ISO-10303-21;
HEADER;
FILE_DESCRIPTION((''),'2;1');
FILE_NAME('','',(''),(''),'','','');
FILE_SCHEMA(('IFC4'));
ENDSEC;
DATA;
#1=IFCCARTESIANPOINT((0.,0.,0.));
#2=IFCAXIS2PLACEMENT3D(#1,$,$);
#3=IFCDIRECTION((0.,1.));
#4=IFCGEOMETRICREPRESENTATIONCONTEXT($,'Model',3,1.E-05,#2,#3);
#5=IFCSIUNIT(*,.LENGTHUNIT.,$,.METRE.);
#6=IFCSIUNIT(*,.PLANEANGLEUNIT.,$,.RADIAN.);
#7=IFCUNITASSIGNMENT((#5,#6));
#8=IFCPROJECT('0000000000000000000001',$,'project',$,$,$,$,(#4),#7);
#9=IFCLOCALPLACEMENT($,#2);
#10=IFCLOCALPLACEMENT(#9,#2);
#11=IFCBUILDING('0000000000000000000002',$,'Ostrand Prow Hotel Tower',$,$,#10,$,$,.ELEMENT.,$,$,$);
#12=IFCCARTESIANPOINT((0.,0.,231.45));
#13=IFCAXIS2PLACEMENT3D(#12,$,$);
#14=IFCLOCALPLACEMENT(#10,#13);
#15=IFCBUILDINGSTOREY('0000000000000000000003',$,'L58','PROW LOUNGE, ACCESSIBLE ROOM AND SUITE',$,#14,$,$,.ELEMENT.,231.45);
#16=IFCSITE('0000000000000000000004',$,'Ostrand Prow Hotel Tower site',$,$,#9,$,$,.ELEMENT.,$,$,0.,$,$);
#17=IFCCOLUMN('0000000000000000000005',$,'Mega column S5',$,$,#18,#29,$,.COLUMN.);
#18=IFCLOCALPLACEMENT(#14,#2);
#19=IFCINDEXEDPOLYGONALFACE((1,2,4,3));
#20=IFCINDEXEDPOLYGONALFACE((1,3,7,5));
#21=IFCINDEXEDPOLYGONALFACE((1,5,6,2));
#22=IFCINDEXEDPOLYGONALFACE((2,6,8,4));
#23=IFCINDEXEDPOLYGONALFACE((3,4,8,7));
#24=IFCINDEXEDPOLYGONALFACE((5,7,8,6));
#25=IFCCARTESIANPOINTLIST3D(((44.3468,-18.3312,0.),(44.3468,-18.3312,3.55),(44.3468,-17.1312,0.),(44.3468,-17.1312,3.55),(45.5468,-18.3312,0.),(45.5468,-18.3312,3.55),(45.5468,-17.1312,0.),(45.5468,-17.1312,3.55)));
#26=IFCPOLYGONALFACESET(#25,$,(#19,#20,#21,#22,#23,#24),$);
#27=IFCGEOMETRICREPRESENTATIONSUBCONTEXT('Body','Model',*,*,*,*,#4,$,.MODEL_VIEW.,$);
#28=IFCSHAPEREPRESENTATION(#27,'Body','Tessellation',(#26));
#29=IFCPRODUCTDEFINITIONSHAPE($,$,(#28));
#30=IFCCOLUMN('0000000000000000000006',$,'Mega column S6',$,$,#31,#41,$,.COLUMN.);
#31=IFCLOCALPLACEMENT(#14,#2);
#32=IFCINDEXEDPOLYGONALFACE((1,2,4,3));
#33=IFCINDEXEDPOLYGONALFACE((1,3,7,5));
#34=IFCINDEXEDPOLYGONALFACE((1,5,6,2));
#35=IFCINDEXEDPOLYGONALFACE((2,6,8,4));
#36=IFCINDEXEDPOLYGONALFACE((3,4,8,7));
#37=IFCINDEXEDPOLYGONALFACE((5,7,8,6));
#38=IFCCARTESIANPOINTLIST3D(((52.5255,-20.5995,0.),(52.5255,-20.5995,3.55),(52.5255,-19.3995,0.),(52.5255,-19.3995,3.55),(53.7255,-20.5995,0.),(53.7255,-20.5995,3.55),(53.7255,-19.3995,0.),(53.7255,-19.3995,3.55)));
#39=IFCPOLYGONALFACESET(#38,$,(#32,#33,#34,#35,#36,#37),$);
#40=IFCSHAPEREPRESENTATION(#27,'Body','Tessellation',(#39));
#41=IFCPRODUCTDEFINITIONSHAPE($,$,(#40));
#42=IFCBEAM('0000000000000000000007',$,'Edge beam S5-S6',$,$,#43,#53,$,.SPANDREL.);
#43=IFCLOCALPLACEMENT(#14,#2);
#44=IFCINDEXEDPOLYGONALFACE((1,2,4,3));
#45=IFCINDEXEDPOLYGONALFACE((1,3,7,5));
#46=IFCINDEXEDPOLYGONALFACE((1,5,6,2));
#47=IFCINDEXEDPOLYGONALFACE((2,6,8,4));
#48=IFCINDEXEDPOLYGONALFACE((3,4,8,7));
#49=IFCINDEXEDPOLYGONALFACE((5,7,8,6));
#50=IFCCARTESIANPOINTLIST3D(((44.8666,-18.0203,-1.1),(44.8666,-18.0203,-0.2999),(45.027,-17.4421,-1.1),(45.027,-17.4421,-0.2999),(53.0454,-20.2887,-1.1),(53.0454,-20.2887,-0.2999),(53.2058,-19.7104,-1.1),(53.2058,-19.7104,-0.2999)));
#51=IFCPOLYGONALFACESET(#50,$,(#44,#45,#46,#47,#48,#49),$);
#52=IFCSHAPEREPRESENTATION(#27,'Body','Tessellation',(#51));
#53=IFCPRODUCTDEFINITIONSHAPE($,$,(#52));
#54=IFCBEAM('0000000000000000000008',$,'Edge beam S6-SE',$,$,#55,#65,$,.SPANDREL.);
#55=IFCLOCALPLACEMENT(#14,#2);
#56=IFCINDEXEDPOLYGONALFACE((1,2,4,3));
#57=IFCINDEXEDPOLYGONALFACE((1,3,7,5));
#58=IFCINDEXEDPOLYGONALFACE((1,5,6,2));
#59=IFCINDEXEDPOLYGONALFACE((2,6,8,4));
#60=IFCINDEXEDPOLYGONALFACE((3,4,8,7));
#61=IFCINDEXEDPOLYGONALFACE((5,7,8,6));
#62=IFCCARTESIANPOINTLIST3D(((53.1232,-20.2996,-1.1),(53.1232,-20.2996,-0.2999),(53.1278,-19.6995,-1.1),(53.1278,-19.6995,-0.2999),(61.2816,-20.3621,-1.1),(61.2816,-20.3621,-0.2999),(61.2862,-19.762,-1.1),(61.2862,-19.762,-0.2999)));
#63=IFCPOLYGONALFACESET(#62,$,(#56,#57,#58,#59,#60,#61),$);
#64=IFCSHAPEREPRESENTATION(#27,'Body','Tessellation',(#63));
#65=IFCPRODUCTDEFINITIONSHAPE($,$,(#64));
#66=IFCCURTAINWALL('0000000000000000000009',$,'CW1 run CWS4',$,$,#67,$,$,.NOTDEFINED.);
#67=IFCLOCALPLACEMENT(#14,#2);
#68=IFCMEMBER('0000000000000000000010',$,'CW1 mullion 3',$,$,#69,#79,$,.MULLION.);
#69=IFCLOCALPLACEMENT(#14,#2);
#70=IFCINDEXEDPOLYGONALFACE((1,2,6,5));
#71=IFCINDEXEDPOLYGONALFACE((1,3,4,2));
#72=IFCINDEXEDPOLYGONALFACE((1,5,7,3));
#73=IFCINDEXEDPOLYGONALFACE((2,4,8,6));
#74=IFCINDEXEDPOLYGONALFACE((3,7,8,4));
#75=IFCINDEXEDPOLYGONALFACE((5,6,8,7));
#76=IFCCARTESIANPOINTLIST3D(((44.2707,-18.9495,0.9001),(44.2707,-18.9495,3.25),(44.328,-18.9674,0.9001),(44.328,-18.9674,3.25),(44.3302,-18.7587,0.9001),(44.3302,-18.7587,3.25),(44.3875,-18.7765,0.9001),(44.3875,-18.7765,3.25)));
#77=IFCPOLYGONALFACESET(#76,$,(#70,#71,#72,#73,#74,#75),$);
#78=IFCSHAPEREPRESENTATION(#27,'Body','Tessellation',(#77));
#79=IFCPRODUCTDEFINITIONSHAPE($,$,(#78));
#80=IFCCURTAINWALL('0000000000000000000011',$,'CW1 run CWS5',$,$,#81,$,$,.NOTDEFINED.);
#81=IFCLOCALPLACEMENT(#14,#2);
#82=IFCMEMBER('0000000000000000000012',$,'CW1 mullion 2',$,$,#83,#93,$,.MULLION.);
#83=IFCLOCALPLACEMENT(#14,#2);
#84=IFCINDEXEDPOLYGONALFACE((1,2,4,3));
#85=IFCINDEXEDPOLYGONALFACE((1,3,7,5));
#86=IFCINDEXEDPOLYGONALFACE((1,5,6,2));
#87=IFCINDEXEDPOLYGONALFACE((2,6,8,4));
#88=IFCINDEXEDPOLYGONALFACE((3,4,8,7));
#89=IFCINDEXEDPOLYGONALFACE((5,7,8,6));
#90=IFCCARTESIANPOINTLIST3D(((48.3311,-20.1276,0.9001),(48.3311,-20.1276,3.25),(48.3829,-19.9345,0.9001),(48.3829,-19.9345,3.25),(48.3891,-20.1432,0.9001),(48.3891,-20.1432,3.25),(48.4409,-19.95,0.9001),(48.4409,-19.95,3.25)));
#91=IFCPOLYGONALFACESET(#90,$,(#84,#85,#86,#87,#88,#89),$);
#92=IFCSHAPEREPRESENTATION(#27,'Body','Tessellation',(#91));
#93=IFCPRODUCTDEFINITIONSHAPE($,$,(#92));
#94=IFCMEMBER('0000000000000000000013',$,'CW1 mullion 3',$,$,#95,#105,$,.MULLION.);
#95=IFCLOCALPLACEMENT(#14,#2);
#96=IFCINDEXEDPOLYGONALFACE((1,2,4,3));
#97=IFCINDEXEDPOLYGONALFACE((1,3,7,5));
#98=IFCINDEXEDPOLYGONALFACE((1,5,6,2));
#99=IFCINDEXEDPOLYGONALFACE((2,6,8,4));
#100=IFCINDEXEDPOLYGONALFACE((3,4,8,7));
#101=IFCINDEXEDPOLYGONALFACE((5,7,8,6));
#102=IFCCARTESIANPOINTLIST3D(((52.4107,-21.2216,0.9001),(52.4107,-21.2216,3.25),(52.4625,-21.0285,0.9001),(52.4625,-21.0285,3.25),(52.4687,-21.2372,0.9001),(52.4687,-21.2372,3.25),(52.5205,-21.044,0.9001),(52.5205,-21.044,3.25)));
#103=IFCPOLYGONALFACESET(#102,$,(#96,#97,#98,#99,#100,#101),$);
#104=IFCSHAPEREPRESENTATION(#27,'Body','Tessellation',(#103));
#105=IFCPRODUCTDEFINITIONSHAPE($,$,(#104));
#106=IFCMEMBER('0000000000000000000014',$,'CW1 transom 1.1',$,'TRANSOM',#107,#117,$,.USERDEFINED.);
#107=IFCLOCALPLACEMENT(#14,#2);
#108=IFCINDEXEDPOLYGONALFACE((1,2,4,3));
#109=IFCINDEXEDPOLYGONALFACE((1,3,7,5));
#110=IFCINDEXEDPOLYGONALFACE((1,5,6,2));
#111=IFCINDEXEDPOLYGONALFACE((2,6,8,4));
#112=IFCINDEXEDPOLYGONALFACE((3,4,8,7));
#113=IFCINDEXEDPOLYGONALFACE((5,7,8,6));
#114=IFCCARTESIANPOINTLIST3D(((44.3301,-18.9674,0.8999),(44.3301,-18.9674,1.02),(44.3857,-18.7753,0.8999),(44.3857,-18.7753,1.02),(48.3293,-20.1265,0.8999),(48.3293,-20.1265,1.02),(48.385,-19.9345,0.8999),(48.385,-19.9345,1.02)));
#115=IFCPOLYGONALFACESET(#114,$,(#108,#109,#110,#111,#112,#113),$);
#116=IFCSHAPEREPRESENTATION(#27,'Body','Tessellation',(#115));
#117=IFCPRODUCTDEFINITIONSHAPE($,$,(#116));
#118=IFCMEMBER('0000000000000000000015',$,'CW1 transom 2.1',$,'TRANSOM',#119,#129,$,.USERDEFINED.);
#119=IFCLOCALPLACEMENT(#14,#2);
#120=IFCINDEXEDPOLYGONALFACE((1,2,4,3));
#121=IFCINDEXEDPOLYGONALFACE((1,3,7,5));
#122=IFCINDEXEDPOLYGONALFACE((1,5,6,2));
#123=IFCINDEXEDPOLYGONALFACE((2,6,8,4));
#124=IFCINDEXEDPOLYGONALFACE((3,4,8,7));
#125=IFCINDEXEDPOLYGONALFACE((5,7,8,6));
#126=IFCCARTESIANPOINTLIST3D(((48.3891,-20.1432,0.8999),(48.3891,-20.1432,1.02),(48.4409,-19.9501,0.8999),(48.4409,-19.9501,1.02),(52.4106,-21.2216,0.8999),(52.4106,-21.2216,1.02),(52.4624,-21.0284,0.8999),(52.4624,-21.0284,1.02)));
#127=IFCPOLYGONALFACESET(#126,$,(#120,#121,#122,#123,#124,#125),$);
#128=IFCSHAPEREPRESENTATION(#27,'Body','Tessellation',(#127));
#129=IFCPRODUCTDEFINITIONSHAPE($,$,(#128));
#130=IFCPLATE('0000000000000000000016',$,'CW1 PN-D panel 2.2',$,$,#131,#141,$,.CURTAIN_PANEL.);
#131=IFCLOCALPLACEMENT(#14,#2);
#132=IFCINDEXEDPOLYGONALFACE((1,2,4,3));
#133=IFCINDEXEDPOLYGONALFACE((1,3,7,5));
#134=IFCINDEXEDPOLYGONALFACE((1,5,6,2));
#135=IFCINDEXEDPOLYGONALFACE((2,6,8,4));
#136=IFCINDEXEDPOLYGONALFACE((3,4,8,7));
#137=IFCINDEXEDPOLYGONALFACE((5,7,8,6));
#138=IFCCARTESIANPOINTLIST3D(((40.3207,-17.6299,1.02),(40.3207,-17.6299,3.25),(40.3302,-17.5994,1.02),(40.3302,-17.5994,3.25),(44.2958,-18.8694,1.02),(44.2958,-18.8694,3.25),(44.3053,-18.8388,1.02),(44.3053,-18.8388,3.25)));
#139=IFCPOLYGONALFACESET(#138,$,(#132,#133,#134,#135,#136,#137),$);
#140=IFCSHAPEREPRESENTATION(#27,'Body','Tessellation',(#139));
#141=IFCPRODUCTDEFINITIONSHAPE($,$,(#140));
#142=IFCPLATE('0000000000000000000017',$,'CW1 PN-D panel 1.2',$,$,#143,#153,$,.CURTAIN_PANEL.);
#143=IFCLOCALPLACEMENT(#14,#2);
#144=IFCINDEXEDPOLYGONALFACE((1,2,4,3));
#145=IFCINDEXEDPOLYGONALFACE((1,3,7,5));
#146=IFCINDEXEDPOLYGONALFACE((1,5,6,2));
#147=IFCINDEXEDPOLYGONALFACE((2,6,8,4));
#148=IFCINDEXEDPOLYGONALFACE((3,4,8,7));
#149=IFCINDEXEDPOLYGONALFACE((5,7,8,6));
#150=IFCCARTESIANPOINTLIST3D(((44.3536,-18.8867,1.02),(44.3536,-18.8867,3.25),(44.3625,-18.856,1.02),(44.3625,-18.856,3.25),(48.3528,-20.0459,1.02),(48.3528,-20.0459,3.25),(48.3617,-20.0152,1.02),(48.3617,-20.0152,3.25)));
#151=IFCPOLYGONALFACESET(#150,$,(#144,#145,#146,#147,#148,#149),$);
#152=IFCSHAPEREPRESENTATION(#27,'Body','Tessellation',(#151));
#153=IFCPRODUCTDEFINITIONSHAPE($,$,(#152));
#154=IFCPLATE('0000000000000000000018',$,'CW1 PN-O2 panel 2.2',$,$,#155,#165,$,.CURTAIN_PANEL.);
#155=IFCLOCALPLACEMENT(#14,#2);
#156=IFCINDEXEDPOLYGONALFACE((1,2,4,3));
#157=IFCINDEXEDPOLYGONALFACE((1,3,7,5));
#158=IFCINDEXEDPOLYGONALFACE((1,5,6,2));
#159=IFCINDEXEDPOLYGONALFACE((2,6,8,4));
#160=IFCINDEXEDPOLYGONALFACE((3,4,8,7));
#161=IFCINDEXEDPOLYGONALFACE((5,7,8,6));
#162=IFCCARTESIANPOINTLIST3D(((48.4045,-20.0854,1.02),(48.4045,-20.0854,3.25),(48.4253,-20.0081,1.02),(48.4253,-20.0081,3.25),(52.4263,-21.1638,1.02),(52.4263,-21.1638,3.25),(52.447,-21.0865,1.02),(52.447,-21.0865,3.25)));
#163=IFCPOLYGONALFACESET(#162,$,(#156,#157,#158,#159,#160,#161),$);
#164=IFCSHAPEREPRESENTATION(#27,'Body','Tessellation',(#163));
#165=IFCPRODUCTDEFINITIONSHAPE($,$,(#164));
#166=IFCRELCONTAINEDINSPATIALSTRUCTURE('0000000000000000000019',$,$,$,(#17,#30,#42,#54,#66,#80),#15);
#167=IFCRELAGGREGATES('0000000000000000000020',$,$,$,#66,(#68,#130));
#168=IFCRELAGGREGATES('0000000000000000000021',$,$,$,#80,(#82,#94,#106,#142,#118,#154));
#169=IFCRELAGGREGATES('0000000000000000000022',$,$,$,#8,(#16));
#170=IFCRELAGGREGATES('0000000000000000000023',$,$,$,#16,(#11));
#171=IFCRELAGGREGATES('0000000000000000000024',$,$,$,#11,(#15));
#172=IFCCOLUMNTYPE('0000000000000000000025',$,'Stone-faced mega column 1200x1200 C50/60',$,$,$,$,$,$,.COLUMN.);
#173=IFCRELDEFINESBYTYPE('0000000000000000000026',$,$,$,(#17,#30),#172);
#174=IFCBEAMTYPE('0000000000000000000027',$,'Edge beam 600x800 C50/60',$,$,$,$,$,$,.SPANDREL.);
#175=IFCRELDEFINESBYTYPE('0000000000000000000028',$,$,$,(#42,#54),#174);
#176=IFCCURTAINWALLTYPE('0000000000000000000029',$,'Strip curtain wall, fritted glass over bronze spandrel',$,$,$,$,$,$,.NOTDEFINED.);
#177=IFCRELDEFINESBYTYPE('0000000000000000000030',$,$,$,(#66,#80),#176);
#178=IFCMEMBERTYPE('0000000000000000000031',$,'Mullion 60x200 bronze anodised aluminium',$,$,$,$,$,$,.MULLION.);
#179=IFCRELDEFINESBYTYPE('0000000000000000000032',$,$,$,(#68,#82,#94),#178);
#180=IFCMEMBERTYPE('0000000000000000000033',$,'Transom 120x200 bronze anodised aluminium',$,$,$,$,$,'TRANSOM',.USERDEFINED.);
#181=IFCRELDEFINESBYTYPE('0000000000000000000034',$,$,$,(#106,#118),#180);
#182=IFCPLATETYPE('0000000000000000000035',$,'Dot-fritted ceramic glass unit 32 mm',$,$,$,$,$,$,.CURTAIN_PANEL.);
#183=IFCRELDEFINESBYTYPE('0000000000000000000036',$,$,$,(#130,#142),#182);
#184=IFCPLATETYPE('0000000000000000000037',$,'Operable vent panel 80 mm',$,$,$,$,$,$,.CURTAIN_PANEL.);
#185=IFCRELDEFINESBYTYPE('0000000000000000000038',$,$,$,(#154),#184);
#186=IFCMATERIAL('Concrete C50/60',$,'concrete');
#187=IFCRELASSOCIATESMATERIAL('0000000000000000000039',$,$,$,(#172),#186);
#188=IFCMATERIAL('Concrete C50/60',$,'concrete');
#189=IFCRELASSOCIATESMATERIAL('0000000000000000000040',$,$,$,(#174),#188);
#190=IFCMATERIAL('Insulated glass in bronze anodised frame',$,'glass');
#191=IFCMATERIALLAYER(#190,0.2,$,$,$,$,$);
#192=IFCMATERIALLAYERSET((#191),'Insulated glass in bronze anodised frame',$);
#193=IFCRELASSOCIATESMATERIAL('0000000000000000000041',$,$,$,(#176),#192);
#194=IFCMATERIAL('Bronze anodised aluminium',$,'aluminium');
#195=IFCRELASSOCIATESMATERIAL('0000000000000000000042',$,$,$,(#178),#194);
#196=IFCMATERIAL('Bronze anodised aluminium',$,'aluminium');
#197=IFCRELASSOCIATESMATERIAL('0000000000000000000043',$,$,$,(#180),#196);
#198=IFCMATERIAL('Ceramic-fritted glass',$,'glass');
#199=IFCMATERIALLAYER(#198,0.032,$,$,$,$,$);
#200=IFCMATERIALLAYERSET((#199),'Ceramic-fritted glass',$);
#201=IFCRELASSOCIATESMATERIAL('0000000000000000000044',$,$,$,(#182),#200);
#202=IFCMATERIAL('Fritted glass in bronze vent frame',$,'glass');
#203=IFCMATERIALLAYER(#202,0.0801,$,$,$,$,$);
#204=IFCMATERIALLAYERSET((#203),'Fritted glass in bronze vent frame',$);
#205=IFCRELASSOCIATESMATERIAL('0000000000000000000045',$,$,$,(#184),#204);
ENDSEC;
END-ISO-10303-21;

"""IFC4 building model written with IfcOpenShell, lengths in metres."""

from ifc_helpers import new_model, si_unit, direction, frame, origin, origin_2d, place, context, subcontext, project, spatial, rectangle, extrude, material, layer, layer_set, material_profile, profile_set, type_object, element, aggregate, save


model = new_model("IFC4")

# Units and contexts
model_context = context("Model", 3, precision=1e-05, world=origin(), true_north=direction((0.0, 1.0)))
body_context = subcontext(model_context, "Body", "Model", "MODEL_VIEW")
ifc_project = project(units=[si_unit("LENGTHUNIT", "METRE"), si_unit("PLANEANGLEUNIT", "RADIAN")], contexts=[model_context])

# Site, building, storey
site_placement = place(None, origin())
site = spatial("IfcSite", under=ifc_project, at=site_placement, Name="Ostrand Prow Hotel Tower site", CompositionType="ELEMENT", RefElevation=0.0)
building_placement = place(site_placement, origin())
building = spatial("IfcBuilding", under=site, at=building_placement, Name="Ostrand Prow Hotel Tower", CompositionType="ELEMENT")
storey_placement = place(building_placement, frame((0.0, 0.0, 231.45)))
storey = spatial("IfcBuildingStorey", under=building, at=storey_placement, Name="L58", Description="PROW LOUNGE, ACCESSIBLE ROOM AND SUITE", CompositionType="ELEMENT", Elevation=231.45)

# Columns
ifc_material_1 = material(Name="Concrete C50/60", Category="concrete")
ifc_material_profile_1 = material_profile(ifc_material_1, rectangle(XDim=1.2, YDim=1.2, at=origin_2d()), Name="RC 1200x1200")
ifc_profile_set_1 = profile_set([ifc_material_profile_1], Name="Concrete C50/60")
column_type = type_object("IfcColumnType", Name="Stone-faced mega column 1200x1200 C50/60", PredefinedType="COLUMN", material=ifc_profile_set_1)
for number, where, z_axis, x_axis, name in (
    (1, (44.9468, -17.7312, 0.0), (0.0, 0.0, 1.0), (1.0, 0.0, 0.0), "Mega column S5"),
    (2, (53.1255, -19.9995, 0.0), (0.0, 0.0, 1.0), (1.0, 0.0, 0.0), "Mega column S6"),
):
    element("IfcColumn", number, at=place(storey_placement, frame(where, z_axis=z_axis, x_axis=x_axis)), inside=storey, type_object=column_type, Name=name, PredefinedType="COLUMN", context=body_context, shape_type="SweptSolid", body=[
        extrude(rectangle(XDim=1.2, YDim=1.2, at=origin_2d()), origin(), (0.0, 0.0, 1.0), 3.55),
    ])

# Beams
ifc_material_2 = material(Name="Concrete C50/60", Category="concrete")
ifc_material_profile_2 = material_profile(ifc_material_2, rectangle(XDim=0.6001, YDim=0.8, at=origin_2d()), Name="RC 600x800")
ifc_profile_set_2 = profile_set([ifc_material_profile_2], Name="Concrete C50/60")
beam_type = type_object("IfcBeamType", Name="Edge beam 600x800 C50/60", PredefinedType="SPANDREL", material=ifc_profile_set_2)
beam_1_placement = place(storey_placement, frame((44.9468, -17.7312, -0.7), z_axis=(0.963626, -0.267255, 0.0), x_axis=(0.267255, 0.963626, 0.0)))
element("IfcBeam", 3, at=beam_1_placement, inside=storey, type_object=beam_type, Name="Edge beam S5-S6", PredefinedType="SPANDREL", context=body_context, shape_type="SweptSolid", body=[
    extrude(rectangle(XDim=0.6001, YDim=0.8, at=origin_2d()), origin(), (0.0, 0.0, 1.0), 8.4875),
])
beam_2_placement = place(storey_placement, frame((53.1255, -19.9995, -0.7), z_axis=(0.999971, -0.007661, 0.0), x_axis=(0.007661, 0.999971, 0.0)))
element("IfcBeam", 4, at=beam_2_placement, inside=storey, type_object=beam_type, Name="Edge beam S6-SE", PredefinedType="SPANDREL", context=body_context, shape_type="SweptSolid", body=[
    extrude(rectangle(XDim=0.6001, YDim=0.8, at=origin_2d()), origin(), (0.0, 0.0, 1.0), 8.1587),
])

# Curtain wall, member
ifc_material_3 = material(Name="Insulated glass in bronze anodised frame", Category="glass")
ifc_layer_1 = layer(ifc_material_3, 0.2)
ifc_layer_set_1 = layer_set([ifc_layer_1], Name="Insulated glass in bronze anodised frame")
curtain_wall_type = type_object("IfcCurtainWallType", Name="Strip curtain wall, fritted glass over bronze spandrel", PredefinedType="NOTDEFINED", material=ifc_layer_set_1)
curtain_wall_1_placement = place(storey_placement, origin())
curtain_wall_1 = element("IfcCurtainWall", 5, at=curtain_wall_1_placement, inside=storey, type_object=curtain_wall_type, Name="CW1 run CWS4", PredefinedType="NOTDEFINED")
ifc_material_4 = material(Name="Bronze anodised aluminium", Category="aluminium")
ifc_material_profile_3 = material_profile(ifc_material_4, rectangle(XDim=0.2, YDim=0.0601, at=origin_2d()), Name="Mullion 60x200 bronze anodised aluminium")
ifc_profile_set_3 = profile_set([ifc_material_profile_3], Name="Bronze anodised aluminium")
member_type_1 = type_object("IfcMemberType", Name="Mullion 60x200 bronze anodised aluminium", PredefinedType="MULLION", material=ifc_profile_set_3)
member_1_placement = place(storey_placement, frame((44.3291, -18.863, 0.9001), z_axis=(0.0, 0.0, 1.0), x_axis=(0.297678, 0.954666, 0.0)))
member_1 = element("IfcMember", 6, at=member_1_placement, type_object=member_type_1, Name="CW1 mullion 3", PredefinedType="MULLION", context=body_context, shape_type="SweptSolid", body=[
    extrude(rectangle(XDim=0.2, YDim=0.0601, at=origin_2d()), origin(), (0.0, 0.0, 1.0), 2.3499),
])

# Curtain wall, members
curtain_wall_2_placement = place(storey_placement, origin())
curtain_wall_2 = element("IfcCurtainWall", 7, at=curtain_wall_2_placement, inside=storey, type_object=curtain_wall_type, Name="CW1 run CWS5", PredefinedType="NOTDEFINED")
member_2_placement = place(storey_placement, frame((48.386, -20.0388, 0.9001), z_axis=(0.0, 0.0, 1.0), x_axis=(0.258994, 0.965879, 0.0)))
member_2 = element("IfcMember", 8, at=member_2_placement, type_object=member_type_1, Name="CW1 mullion 2", PredefinedType="MULLION", context=body_context, shape_type="SweptSolid", body=[
    extrude(rectangle(XDim=0.2, YDim=0.0601, at=origin_2d()), origin(), (0.0, 0.0, 1.0), 2.3499),
])
member_3_placement = place(storey_placement, frame((52.4656, -21.1328, 0.9001), z_axis=(0.0, 0.0, 1.0), x_axis=(0.258994, 0.965879, 0.0)))
member_3 = element("IfcMember", 9, at=member_3_placement, type_object=member_type_1, Name="CW1 mullion 3", PredefinedType="MULLION", context=body_context, shape_type="SweptSolid", body=[
    extrude(rectangle(XDim=0.2, YDim=0.0601, at=origin_2d()), origin(), (0.0, 0.0, 1.0), 2.3499),
])
ifc_material_5 = material(Name="Bronze anodised aluminium", Category="aluminium")
ifc_material_profile_4 = material_profile(ifc_material_5, rectangle(XDim=0.2, YDim=0.1201, at=origin_2d()), Name="Transom 120x200 bronze anodised aluminium")
ifc_profile_set_4 = profile_set([ifc_material_profile_4], Name="Bronze anodised aluminium")
member_type_2 = type_object("IfcMemberType", Name="Transom 120x200 bronze anodised aluminium", ElementType="TRANSOM", PredefinedType="USERDEFINED", material=ifc_profile_set_4)
member_4_placement = place(storey_placement, frame((44.3579, -18.8713, 0.96), z_axis=(0.960468, -0.27839, 0.0), x_axis=(0.27839, 0.960468, 0.0)))
member_4 = element("IfcMember", 10, at=member_4_placement, type_object=member_type_2, Name="CW1 transom 1.1", ObjectType="TRANSOM", PredefinedType="USERDEFINED", context=body_context, shape_type="SweptSolid", body=[
    extrude(rectangle(XDim=0.2, YDim=0.1201, at=origin_2d()), origin(), (0.0, 0.0, 1.0), 4.1638),
])
member_5_placement = place(storey_placement, frame((48.415, -20.0466, 0.96), z_axis=(0.965877, -0.259002, 0.0), x_axis=(0.259002, 0.965877, 0.0)))
member_5 = element("IfcMember", 11, at=member_5_placement, type_object=member_type_2, Name="CW1 transom 2.1", ObjectType="TRANSOM", PredefinedType="USERDEFINED", context=body_context, shape_type="SweptSolid", body=[
    extrude(rectangle(XDim=0.2, YDim=0.1201, at=origin_2d()), origin(), (0.0, 0.0, 1.0), 4.1636),
])

# Plates
ifc_material_6 = material(Name="Ceramic-fritted glass", Category="glass")
ifc_layer_2 = layer(ifc_material_6, 0.032)
ifc_layer_set_2 = layer_set([ifc_layer_2], Name="Ceramic-fritted glass")
plate_type_1 = type_object("IfcPlateType", Name="Dot-fritted ceramic glass unit 32 mm", PredefinedType="CURTAIN_PANEL", material=ifc_layer_set_2)
plate_1_placement = place(storey_placement, frame((42.313, -18.2344, 1.02), z_axis=(0.0, 0.0, 1.0), x_axis=(0.954666, -0.297678, 0.0)))
plate_1 = element("IfcPlate", 12, at=plate_1_placement, type_object=plate_type_1, Name="CW1 PN-D panel 2.2", PredefinedType="CURTAIN_PANEL", context=body_context, shape_type="SweptSolid", body=[
    extrude(rectangle(XDim=4.1638, YDim=0.032, at=origin_2d()), origin(), (0.0, 0.0, 1.0), 2.23),
])
aggregate(curtain_wall_1, [member_1, plate_1])
plate_2_placement = place(storey_placement, frame((46.3577, -19.4509, 1.02), z_axis=(0.0, 0.0, 1.0), x_axis=(0.960467, -0.278393, 0.0)))
plate_2 = element("IfcPlate", 13, at=plate_2_placement, type_object=plate_type_1, Name="CW1 PN-D panel 1.2", PredefinedType="CURTAIN_PANEL", context=body_context, shape_type="SweptSolid", body=[
    extrude(rectangle(XDim=4.1638, YDim=0.032, at=origin_2d()), origin(), (0.0, 0.0, 1.0), 2.23),
])
ifc_material_7 = material(Name="Fritted glass in bronze vent frame", Category="glass")
ifc_layer_3 = layer(ifc_material_7, 0.0801)
ifc_layer_set_3 = layer_set([ifc_layer_3], Name="Fritted glass in bronze vent frame")
plate_type_2 = type_object("IfcPlateType", Name="Operable vent panel 80 mm", PredefinedType="CURTAIN_PANEL", material=ifc_layer_set_3)
plate_3_placement = place(storey_placement, frame((50.4258, -20.5859, 1.02), z_axis=(0.0, 0.0, 1.0), x_axis=(0.965879, -0.258994, 0.0)))
plate_3 = element("IfcPlate", 14, at=plate_3_placement, type_object=plate_type_2, Name="CW1 PN-O2 panel 2.2", PredefinedType="CURTAIN_PANEL", context=body_context, shape_type="SweptSolid", body=[
    extrude(rectangle(XDim=4.1638, YDim=0.0801, at=origin_2d()), origin(), (0.0, 0.0, 1.0), 2.23),
])
aggregate(curtain_wall_2, [member_2, member_3, member_4, plate_2, member_5, plate_3])

save(model, "model.ifc")
